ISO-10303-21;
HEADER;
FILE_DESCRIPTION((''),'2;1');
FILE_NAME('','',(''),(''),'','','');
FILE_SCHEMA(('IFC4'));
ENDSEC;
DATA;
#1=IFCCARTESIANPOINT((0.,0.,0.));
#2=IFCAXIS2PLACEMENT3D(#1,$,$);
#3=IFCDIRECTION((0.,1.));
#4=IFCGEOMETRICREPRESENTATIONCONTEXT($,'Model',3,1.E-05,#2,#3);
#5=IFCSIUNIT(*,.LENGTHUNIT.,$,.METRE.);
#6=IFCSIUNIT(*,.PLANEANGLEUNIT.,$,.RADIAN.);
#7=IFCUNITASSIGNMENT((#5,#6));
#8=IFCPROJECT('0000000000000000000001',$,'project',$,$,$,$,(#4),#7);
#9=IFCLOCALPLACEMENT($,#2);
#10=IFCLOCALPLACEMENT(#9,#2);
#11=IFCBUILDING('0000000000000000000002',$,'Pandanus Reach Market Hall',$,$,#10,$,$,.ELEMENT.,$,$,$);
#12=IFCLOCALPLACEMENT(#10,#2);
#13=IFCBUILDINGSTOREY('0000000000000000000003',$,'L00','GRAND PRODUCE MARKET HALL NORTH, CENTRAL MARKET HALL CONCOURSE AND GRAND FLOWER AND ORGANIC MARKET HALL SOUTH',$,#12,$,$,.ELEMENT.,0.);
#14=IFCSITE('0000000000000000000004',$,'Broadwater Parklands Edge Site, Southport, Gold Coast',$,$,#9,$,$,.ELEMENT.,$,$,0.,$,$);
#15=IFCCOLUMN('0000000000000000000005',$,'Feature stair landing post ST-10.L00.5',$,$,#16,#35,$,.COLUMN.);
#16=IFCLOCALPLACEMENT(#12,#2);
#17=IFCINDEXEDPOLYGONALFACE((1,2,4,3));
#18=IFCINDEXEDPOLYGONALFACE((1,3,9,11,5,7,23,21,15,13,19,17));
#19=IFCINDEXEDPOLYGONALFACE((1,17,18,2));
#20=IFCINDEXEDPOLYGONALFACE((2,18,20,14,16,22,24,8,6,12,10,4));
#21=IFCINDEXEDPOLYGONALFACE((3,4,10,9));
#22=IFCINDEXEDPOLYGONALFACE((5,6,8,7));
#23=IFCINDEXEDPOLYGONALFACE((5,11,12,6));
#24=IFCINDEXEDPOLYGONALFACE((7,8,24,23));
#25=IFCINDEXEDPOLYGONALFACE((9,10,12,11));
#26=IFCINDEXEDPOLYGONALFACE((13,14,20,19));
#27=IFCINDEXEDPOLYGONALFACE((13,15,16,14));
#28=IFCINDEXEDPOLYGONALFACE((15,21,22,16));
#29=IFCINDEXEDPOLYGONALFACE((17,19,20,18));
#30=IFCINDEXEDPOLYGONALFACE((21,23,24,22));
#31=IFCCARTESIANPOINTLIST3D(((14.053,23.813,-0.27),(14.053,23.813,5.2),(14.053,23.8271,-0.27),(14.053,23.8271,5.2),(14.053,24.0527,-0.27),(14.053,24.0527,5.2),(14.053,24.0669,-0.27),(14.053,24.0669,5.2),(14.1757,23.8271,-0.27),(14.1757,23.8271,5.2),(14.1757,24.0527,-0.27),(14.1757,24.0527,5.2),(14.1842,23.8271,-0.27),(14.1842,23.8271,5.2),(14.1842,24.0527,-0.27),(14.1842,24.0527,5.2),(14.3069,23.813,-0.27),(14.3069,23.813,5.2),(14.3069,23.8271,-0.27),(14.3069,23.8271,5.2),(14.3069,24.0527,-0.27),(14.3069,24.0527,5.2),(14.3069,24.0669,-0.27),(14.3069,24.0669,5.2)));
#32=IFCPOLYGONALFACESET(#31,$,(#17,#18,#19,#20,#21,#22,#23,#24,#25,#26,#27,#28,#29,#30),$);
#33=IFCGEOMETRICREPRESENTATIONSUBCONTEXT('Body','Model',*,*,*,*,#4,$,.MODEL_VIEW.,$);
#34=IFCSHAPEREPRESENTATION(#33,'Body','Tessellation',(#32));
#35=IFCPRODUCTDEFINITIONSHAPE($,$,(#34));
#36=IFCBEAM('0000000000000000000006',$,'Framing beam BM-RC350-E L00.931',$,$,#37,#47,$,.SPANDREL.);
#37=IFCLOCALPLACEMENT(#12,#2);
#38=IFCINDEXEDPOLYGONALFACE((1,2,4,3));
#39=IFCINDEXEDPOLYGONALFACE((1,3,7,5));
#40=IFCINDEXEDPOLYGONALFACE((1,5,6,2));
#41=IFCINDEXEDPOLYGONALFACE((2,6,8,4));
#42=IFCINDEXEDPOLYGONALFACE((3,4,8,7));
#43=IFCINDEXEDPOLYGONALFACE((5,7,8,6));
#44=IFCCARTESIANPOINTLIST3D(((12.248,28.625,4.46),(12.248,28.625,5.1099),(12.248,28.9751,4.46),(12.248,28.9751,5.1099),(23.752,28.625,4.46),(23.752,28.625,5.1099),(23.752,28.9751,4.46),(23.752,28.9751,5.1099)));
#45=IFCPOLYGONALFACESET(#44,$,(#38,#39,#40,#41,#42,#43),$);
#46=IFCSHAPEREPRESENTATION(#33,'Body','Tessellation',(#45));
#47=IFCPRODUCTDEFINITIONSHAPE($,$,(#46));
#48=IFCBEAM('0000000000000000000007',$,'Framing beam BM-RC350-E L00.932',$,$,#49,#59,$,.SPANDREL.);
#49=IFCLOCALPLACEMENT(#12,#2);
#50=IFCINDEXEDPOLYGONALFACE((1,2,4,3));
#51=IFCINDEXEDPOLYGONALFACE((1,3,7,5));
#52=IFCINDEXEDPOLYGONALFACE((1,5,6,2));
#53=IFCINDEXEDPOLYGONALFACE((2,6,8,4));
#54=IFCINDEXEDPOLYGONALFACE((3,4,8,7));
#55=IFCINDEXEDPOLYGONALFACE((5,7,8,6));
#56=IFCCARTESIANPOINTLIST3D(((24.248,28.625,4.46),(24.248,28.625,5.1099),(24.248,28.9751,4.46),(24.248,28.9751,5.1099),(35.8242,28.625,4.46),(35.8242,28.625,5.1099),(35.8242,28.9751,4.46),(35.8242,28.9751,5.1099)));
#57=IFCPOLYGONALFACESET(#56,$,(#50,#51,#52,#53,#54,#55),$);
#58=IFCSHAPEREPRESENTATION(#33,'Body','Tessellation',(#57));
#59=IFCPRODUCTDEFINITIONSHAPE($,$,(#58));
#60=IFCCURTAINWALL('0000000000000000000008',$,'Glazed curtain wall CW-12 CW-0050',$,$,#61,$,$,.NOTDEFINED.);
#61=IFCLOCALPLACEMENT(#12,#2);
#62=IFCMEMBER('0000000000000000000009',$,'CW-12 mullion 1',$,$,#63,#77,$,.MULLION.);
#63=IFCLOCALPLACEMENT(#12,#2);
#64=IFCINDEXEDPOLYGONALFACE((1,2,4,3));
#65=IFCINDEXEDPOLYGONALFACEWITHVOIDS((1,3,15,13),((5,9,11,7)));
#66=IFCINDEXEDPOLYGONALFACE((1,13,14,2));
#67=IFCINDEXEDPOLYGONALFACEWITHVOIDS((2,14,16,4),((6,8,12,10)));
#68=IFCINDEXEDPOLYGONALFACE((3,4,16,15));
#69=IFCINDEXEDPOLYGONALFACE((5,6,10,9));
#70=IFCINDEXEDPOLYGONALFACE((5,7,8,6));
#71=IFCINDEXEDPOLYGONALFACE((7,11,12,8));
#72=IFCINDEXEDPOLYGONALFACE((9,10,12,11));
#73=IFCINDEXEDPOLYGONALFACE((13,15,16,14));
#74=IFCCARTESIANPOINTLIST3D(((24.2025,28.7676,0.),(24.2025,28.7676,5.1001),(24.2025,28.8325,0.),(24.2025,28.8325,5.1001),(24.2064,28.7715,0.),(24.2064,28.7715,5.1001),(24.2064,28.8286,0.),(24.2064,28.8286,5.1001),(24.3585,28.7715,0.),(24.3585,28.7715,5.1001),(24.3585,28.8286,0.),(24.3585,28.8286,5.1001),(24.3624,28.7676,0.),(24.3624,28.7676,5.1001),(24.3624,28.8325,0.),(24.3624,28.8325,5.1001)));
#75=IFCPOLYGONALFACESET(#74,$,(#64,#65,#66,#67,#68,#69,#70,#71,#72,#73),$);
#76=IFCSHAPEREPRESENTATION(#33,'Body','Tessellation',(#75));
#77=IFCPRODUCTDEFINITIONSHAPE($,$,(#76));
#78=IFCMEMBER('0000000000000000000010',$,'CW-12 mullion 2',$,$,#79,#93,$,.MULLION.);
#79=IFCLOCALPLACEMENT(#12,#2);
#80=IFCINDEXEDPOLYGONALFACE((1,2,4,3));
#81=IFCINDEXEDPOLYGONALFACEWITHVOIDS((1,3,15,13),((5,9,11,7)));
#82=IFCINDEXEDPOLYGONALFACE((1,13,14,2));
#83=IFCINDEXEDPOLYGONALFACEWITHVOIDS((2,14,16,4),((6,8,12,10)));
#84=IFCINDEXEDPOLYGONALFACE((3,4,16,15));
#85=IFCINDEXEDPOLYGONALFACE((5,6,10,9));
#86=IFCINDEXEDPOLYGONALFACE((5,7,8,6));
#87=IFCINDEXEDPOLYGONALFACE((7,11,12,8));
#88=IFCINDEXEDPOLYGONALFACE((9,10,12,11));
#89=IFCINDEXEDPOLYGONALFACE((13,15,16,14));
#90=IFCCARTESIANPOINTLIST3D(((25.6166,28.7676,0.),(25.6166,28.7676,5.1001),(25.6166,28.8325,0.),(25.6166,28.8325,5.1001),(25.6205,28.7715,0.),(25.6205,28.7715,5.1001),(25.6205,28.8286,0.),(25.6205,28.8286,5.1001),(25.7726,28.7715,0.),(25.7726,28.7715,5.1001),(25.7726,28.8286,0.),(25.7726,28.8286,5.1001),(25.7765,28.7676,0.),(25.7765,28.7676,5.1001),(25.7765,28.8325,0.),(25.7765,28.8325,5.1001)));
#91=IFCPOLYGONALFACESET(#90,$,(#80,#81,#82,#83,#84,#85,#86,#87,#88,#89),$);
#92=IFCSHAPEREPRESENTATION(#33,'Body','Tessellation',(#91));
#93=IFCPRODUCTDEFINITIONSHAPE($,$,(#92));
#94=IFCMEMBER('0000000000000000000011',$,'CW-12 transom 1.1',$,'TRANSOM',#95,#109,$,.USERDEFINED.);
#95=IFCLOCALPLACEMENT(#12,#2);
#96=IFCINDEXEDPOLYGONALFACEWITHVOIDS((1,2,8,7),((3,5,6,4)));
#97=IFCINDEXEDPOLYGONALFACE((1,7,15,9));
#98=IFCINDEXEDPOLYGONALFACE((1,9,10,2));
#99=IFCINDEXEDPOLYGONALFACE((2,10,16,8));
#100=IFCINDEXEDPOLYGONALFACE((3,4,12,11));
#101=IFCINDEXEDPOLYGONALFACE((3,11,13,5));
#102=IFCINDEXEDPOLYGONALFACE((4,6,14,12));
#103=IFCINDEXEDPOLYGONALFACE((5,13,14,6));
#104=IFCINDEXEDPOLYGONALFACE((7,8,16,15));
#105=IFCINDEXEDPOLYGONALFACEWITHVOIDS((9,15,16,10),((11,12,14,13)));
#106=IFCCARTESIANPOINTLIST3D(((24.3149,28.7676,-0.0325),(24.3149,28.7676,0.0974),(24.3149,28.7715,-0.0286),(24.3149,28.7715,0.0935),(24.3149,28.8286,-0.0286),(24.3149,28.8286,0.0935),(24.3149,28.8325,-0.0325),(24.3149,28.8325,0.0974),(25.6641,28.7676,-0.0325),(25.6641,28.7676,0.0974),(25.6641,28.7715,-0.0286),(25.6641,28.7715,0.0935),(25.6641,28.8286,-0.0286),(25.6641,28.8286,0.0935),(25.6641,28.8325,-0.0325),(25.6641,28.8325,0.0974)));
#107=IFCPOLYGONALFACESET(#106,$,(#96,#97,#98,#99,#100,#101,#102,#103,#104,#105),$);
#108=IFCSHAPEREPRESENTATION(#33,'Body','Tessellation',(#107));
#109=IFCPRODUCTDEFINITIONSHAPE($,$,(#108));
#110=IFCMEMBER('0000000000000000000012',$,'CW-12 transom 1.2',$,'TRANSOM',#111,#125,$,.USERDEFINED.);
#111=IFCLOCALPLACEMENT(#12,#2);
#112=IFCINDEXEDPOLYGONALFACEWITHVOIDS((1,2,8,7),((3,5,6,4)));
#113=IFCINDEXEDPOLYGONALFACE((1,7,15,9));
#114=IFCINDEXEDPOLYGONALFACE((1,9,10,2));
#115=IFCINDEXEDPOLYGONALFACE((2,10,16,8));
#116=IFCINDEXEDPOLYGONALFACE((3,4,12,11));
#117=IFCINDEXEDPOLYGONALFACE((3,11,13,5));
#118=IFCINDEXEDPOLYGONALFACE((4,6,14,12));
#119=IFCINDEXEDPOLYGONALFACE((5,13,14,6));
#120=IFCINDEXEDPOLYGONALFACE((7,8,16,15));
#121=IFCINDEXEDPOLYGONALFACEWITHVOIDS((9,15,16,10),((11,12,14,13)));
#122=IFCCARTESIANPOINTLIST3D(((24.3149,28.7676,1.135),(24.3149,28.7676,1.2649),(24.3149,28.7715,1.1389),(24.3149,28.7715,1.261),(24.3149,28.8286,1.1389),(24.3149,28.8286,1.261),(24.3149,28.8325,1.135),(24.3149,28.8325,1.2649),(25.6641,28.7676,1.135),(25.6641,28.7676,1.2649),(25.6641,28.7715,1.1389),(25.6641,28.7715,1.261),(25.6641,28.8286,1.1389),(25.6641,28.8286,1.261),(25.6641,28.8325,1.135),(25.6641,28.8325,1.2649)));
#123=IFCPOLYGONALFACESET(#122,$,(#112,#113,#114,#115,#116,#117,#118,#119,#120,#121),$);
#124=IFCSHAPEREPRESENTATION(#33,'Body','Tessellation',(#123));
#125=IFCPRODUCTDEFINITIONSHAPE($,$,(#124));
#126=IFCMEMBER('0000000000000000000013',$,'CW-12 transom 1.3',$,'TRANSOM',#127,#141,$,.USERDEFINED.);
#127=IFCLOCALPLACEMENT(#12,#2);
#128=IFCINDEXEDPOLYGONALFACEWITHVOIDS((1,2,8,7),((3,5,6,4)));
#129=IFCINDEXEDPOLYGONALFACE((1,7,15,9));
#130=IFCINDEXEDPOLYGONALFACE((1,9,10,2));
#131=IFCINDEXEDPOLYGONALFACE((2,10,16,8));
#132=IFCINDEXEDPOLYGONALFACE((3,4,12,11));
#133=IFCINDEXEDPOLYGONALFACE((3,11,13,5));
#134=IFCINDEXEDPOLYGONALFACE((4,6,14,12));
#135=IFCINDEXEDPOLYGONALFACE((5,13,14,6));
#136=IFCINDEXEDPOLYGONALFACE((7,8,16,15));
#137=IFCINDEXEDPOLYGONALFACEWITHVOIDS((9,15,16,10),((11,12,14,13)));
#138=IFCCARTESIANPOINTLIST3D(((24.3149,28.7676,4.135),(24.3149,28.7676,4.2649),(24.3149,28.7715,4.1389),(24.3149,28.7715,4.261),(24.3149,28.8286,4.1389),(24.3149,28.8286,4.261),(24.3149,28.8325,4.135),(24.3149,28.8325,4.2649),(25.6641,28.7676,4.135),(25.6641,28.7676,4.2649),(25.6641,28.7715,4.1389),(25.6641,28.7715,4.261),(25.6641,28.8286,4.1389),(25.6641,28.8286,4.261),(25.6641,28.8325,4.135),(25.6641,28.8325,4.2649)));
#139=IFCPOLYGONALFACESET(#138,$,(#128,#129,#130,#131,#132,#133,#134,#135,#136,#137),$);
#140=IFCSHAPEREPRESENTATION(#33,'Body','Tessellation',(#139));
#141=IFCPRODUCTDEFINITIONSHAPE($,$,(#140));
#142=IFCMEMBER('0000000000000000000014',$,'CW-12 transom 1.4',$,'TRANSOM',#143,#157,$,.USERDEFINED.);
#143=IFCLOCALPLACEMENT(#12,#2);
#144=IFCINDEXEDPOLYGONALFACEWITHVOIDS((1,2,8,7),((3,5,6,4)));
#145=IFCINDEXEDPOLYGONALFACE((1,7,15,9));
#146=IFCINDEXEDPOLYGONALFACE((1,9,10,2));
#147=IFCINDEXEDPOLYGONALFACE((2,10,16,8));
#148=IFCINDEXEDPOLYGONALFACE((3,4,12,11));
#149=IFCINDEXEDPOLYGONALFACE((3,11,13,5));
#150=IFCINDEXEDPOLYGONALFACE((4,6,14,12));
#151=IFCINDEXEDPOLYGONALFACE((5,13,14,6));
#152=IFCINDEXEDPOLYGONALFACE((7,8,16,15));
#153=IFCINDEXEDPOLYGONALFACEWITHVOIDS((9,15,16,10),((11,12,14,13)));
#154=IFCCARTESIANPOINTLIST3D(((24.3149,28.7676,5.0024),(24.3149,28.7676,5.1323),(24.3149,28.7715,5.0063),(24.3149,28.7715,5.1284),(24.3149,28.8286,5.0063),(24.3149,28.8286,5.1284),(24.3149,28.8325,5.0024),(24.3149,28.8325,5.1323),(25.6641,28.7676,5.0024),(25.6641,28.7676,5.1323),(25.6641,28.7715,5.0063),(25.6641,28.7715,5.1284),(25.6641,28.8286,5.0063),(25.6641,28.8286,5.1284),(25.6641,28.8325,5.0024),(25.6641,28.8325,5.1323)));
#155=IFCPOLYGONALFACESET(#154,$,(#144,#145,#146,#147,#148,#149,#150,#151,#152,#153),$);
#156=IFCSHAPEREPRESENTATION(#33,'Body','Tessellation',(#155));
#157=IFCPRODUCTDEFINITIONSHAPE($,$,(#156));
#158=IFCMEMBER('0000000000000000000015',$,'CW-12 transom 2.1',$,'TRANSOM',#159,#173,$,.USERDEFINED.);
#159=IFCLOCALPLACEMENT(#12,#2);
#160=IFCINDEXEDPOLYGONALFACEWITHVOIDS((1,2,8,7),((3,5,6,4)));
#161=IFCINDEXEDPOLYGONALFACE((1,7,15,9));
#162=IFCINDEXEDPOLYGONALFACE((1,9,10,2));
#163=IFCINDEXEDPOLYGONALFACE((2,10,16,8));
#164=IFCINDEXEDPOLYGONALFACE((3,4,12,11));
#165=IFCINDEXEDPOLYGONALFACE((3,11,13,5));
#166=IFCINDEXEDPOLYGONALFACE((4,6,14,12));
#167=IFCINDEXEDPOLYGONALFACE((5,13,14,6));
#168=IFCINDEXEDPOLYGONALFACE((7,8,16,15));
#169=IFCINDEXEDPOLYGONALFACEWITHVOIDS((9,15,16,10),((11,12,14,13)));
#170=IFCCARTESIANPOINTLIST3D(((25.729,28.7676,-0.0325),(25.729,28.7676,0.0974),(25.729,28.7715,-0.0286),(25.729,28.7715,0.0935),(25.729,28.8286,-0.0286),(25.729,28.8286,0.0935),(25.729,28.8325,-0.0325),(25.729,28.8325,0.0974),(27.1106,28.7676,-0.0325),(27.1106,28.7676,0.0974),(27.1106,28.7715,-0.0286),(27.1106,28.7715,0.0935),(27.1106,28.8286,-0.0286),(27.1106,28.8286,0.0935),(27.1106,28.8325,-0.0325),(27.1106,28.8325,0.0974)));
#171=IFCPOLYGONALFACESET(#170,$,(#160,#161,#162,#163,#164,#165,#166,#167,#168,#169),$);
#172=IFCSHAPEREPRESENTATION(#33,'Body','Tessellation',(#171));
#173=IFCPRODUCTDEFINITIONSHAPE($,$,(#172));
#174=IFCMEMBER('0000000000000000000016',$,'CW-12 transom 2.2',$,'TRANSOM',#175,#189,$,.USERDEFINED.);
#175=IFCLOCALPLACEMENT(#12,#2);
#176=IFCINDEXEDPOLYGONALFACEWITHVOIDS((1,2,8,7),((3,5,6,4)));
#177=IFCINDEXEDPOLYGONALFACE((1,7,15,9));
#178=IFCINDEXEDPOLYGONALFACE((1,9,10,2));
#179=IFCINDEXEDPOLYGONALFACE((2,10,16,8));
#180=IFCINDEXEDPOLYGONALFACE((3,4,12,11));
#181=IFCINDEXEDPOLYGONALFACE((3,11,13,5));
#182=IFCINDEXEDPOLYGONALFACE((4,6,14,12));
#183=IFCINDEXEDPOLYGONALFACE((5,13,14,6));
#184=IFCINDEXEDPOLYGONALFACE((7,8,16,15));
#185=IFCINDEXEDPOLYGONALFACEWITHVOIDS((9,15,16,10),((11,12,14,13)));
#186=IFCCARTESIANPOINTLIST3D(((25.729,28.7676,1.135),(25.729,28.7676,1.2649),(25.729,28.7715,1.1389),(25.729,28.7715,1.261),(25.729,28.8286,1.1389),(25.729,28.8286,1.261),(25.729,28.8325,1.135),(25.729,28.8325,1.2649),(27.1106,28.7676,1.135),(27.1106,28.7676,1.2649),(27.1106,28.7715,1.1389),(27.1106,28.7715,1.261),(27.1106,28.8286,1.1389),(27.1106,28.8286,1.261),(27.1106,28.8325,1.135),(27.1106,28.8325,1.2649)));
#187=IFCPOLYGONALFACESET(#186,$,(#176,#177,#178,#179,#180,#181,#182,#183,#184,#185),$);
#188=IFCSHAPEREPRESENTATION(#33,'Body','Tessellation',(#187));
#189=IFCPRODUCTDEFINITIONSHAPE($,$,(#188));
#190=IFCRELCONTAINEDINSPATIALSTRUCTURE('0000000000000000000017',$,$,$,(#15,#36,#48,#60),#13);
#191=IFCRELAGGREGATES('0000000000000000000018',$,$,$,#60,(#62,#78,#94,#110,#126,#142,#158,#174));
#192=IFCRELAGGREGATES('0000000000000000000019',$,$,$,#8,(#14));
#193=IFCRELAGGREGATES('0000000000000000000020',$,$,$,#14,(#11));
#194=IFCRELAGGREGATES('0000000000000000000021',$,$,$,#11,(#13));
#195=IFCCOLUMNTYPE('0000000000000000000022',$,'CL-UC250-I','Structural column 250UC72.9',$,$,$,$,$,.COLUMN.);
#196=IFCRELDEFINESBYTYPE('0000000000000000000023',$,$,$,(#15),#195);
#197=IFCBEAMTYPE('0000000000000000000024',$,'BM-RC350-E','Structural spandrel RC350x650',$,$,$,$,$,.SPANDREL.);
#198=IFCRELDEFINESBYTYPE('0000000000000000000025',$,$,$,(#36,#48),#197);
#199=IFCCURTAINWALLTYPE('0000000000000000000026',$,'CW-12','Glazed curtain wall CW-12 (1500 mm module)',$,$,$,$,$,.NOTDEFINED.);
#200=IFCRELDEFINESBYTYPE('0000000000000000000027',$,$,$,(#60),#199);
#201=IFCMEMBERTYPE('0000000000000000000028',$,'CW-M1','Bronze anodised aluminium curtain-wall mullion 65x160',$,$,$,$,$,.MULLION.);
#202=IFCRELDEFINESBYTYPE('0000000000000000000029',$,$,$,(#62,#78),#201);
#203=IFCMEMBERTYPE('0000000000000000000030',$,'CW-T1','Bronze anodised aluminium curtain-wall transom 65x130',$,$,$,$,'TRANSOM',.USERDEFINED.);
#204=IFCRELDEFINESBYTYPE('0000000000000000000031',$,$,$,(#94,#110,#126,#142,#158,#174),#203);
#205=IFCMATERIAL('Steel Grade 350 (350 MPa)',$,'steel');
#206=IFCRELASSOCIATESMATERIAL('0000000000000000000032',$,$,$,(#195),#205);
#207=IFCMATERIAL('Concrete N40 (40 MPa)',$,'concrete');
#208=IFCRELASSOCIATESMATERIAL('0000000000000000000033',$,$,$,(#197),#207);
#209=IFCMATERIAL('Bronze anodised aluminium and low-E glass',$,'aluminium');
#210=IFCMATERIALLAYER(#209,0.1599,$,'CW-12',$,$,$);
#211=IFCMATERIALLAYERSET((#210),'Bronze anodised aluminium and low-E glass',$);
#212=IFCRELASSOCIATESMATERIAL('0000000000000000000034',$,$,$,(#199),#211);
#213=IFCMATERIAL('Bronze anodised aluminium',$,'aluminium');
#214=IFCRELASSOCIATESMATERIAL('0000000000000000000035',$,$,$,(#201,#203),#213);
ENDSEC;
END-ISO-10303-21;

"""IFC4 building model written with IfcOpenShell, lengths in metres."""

from ifc_helpers import new_model, si_unit, direction, frame, origin, origin_2d, place, context, subcontext, project, spatial, rectangle, hollow_rectangle, i_section, extrude, material, layer, layer_set, material_profile, profile_set, type_object, element, aggregate, save


model = new_model("IFC4")

# Units and contexts
model_context = context("Model", 3, precision=1e-05, world=origin(), true_north=direction((0.0, 1.0)))
body_context = subcontext(model_context, "Body", "Model", "MODEL_VIEW")
ifc_project = project(units=[si_unit("LENGTHUNIT", "METRE"), si_unit("PLANEANGLEUNIT", "RADIAN")], contexts=[model_context])

# Site, building, storey
site_placement = place(None, origin())
site = spatial("IfcSite", under=ifc_project, at=site_placement, Name="Broadwater Parklands Edge Site, Southport, Gold Coast", CompositionType="ELEMENT", RefElevation=0.0)
building_placement = place(site_placement, origin())
building = spatial("IfcBuilding", under=site, at=building_placement, Name="Pandanus Reach Market Hall", CompositionType="ELEMENT")
storey_placement = place(building_placement, origin())
storey = spatial("IfcBuildingStorey", under=building, at=storey_placement, Name="L00", Description="GRAND PRODUCE MARKET HALL NORTH, CENTRAL MARKET HALL CONCOURSE AND GRAND FLOWER AND ORGANIC MARKET HALL SOUTH", CompositionType="ELEMENT", Elevation=0.0)

# Shared definitions
ifc_material_1 = material(Name="Concrete N40 (40 MPa)", Category="concrete")

# Column
ifc_material_2 = material(Name="Steel Grade 350 (350 MPa)", Category="steel")
ifc_material_profile_1 = material_profile(ifc_material_2, i_section(OverallWidth=0.2539, OverallDepth=0.2539, WebThickness=0.0085, FlangeThickness=0.0142, at=origin_2d()), Name="250UC72.9", Category="LoadBearing")
ifc_profile_set_1 = profile_set([ifc_material_profile_1], Name="Steel Grade 350 (350 MPa)")
column_type_1 = type_object("IfcColumnType", Name="CL-UC250-I", Description="Structural column 250UC72.9", PredefinedType="COLUMN", material=ifc_profile_set_1)
column_1_placement = place(storey_placement, frame((14.1799, 23.9399, -0.27), z_axis=(0.0, 0.0, 1.0), x_axis=(1.0, 0.0, 0.0)))
element("IfcColumn", 1, at=column_1_placement, inside=storey, type_object=column_type_1, Name="Feature stair landing post ST-10.L00.5", PredefinedType="COLUMN", context=body_context, shape_type="SweptSolid", body=[
    extrude(i_section(OverallWidth=0.2539, OverallDepth=0.2539, WebThickness=0.0085, FlangeThickness=0.0142, at=origin_2d()), origin(), (0.0, 0.0, 1.0), 5.47),
])

# Beams
ifc_material_profile_2 = material_profile(ifc_material_1, rectangle(XDim=0.3501, YDim=0.6499, at=origin_2d()), Name="RC350x650", Category="LoadBearing")
ifc_profile_set_2 = profile_set([ifc_material_profile_2], Name="Concrete N40 (40 MPa)")
beam_type = type_object("IfcBeamType", Name="BM-RC350-E", Description="Structural spandrel RC350x650", PredefinedType="SPANDREL", material=ifc_profile_set_2)
beam_1_placement = place(storey_placement, frame((12.248, 28.8, 4.7849), z_axis=(1.0, 0.0, 0.0), x_axis=(0.0, 1.0, 0.0)))
element("IfcBeam", 2, at=beam_1_placement, inside=storey, type_object=beam_type, Name="Framing beam BM-RC350-E L00.931", PredefinedType="SPANDREL", context=body_context, shape_type="SweptSolid", body=[
    extrude(rectangle(XDim=0.3501, YDim=0.6499, at=origin_2d()), origin(), (0.0, 0.0, 1.0), 11.5039),
])
beam_2_placement = place(storey_placement, frame((24.248, 28.8, 4.7849), z_axis=(1.0, 0.0, 0.0), x_axis=(0.0, 1.0, 0.0)))
element("IfcBeam", 3, at=beam_2_placement, inside=storey, type_object=beam_type, Name="Framing beam BM-RC350-E L00.932", PredefinedType="SPANDREL", context=body_context, shape_type="SweptSolid", body=[
    extrude(rectangle(XDim=0.3501, YDim=0.6499, at=origin_2d()), origin(), (0.0, 0.0, 1.0), 11.5762),
])

# Curtain wall, members
ifc_material_3 = material(Name="Bronze anodised aluminium and low-E glass", Category="aluminium")
ifc_layer_1 = layer(ifc_material_3, 0.1599, Name="CW-12")
ifc_layer_set_1 = layer_set([ifc_layer_1], Name="Bronze anodised aluminium and low-E glass")
curtain_wall_type = type_object("IfcCurtainWallType", Name="CW-12", Description="Glazed curtain wall CW-12 (1500 mm module)", PredefinedType="NOTDEFINED", material=ifc_layer_set_1)
curtain_wall_placement = place(storey_placement, origin())
curtain_wall = element("IfcCurtainWall", 4, at=curtain_wall_placement, inside=storey, type_object=curtain_wall_type, Name="Glazed curtain wall CW-12 CW-0050", PredefinedType="NOTDEFINED")
ifc_material_4 = material(Name="Bronze anodised aluminium", Category="aluminium")
ifc_material_profile_3 = material_profile(ifc_material_4, hollow_rectangle(XDim=0.0649, YDim=0.1599, WallThickness=0.0039, at=origin_2d()), Name="ALU65x160", Category="LoadBearing")
ifc_profile_set_3 = profile_set([ifc_material_profile_3], Name="Bronze anodised aluminium")
member_type_1 = type_object("IfcMemberType", Name="CW-M1", Description="Bronze anodised aluminium curtain-wall mullion 65x160", PredefinedType="MULLION", material=ifc_profile_set_3)
member_1_placement = place(storey_placement, frame((24.2825, 28.8, 0.0), z_axis=(0.0, 0.0, 1.0), x_axis=(0.0, 1.0, 0.0)))
member_1 = element("IfcMember", 5, at=member_1_placement, type_object=member_type_1, Name="CW-12 mullion 1", PredefinedType="MULLION", context=body_context, shape_type="SweptSolid", body=[
    extrude(hollow_rectangle(XDim=0.0649, YDim=0.1599, WallThickness=0.0039, at=origin_2d()), origin(), (0.0, 0.0, 1.0), 5.1001),
])
member_2_placement = place(storey_placement, frame((25.6965, 28.8, 0.0), z_axis=(0.0, 0.0, 1.0), x_axis=(0.0, 1.0, 0.0)))
member_2 = element("IfcMember", 6, at=member_2_placement, type_object=member_type_1, Name="CW-12 mullion 2", PredefinedType="MULLION", context=body_context, shape_type="SweptSolid", body=[
    extrude(hollow_rectangle(XDim=0.0649, YDim=0.1599, WallThickness=0.0039, at=origin_2d()), origin(), (0.0, 0.0, 1.0), 5.1001),
])
ifc_material_profile_4 = material_profile(ifc_material_4, hollow_rectangle(XDim=0.0649, YDim=0.1299, WallThickness=0.0039, at=origin_2d()), Name="ALU65x130", Category="LoadBearing")
ifc_profile_set_4 = profile_set([ifc_material_profile_4], Name="Bronze anodised aluminium")
member_type_2 = type_object("IfcMemberType", Name="CW-T1", Description="Bronze anodised aluminium curtain-wall transom 65x130", ElementType="TRANSOM", PredefinedType="USERDEFINED", material=ifc_profile_set_4)
member_3_placement = place(storey_placement, frame((24.3149, 28.8, 0.0325), z_axis=(1.0, 0.0, 0.0), x_axis=(0.0, 1.0, 0.0)))
member_3 = element("IfcMember", 7, at=member_3_placement, type_object=member_type_2, Name="CW-12 transom 1.1", ObjectType="TRANSOM", PredefinedType="USERDEFINED", context=body_context, shape_type="SweptSolid", body=[
    extrude(hollow_rectangle(XDim=0.0649, YDim=0.1299, WallThickness=0.0039, at=origin_2d()), origin(), (0.0, 0.0, 1.0), 1.3491),
])
member_4_placement = place(storey_placement, frame((24.3149, 28.8, 1.2), z_axis=(1.0, 0.0, 0.0), x_axis=(0.0, 1.0, 0.0)))
member_4 = element("IfcMember", 8, at=member_4_placement, type_object=member_type_2, Name="CW-12 transom 1.2", ObjectType="TRANSOM", PredefinedType="USERDEFINED", context=body_context, shape_type="SweptSolid", body=[
    extrude(hollow_rectangle(XDim=0.0649, YDim=0.1299, WallThickness=0.0039, at=origin_2d()), origin(), (0.0, 0.0, 1.0), 1.3491),
])
member_5_placement = place(storey_placement, frame((24.3149, 28.8, 4.2), z_axis=(1.0, 0.0, 0.0), x_axis=(0.0, 1.0, 0.0)))
member_5 = element("IfcMember", 9, at=member_5_placement, type_object=member_type_2, Name="CW-12 transom 1.3", ObjectType="TRANSOM", PredefinedType="USERDEFINED", context=body_context, shape_type="SweptSolid", body=[
    extrude(hollow_rectangle(XDim=0.0649, YDim=0.1299, WallThickness=0.0039, at=origin_2d()), origin(), (0.0, 0.0, 1.0), 1.3491),
])
member_6_placement = place(storey_placement, frame((24.3149, 28.8, 5.0674), z_axis=(1.0, 0.0, 0.0), x_axis=(0.0, 1.0, 0.0)))
member_6 = element("IfcMember", 10, at=member_6_placement, type_object=member_type_2, Name="CW-12 transom 1.4", ObjectType="TRANSOM", PredefinedType="USERDEFINED", context=body_context, shape_type="SweptSolid", body=[
    extrude(hollow_rectangle(XDim=0.0649, YDim=0.1299, WallThickness=0.0039, at=origin_2d()), origin(), (0.0, 0.0, 1.0), 1.3491),
])
member_7_placement = place(storey_placement, frame((25.729, 28.8, 0.0325), z_axis=(1.0, 0.0, 0.0), x_axis=(0.0, 1.0, 0.0)))
member_7 = element("IfcMember", 11, at=member_7_placement, type_object=member_type_2, Name="CW-12 transom 2.1", ObjectType="TRANSOM", PredefinedType="USERDEFINED", context=body_context, shape_type="SweptSolid", body=[
    extrude(hollow_rectangle(XDim=0.0649, YDim=0.1299, WallThickness=0.0039, at=origin_2d()), origin(), (0.0, 0.0, 1.0), 1.3816),
])
member_8_placement = place(storey_placement, frame((25.729, 28.8, 1.2), z_axis=(1.0, 0.0, 0.0), x_axis=(0.0, 1.0, 0.0)))
member_8 = element("IfcMember", 12, at=member_8_placement, type_object=member_type_2, Name="CW-12 transom 2.2", ObjectType="TRANSOM", PredefinedType="USERDEFINED", context=body_context, shape_type="SweptSolid", body=[
    extrude(hollow_rectangle(XDim=0.0649, YDim=0.1299, WallThickness=0.0039, at=origin_2d()), origin(), (0.0, 0.0, 1.0), 1.3816),
])

aggregate(curtain_wall, [member_1, member_2, member_3, member_4, member_5, member_6, member_7, member_8])

save(model, "model.ifc")
